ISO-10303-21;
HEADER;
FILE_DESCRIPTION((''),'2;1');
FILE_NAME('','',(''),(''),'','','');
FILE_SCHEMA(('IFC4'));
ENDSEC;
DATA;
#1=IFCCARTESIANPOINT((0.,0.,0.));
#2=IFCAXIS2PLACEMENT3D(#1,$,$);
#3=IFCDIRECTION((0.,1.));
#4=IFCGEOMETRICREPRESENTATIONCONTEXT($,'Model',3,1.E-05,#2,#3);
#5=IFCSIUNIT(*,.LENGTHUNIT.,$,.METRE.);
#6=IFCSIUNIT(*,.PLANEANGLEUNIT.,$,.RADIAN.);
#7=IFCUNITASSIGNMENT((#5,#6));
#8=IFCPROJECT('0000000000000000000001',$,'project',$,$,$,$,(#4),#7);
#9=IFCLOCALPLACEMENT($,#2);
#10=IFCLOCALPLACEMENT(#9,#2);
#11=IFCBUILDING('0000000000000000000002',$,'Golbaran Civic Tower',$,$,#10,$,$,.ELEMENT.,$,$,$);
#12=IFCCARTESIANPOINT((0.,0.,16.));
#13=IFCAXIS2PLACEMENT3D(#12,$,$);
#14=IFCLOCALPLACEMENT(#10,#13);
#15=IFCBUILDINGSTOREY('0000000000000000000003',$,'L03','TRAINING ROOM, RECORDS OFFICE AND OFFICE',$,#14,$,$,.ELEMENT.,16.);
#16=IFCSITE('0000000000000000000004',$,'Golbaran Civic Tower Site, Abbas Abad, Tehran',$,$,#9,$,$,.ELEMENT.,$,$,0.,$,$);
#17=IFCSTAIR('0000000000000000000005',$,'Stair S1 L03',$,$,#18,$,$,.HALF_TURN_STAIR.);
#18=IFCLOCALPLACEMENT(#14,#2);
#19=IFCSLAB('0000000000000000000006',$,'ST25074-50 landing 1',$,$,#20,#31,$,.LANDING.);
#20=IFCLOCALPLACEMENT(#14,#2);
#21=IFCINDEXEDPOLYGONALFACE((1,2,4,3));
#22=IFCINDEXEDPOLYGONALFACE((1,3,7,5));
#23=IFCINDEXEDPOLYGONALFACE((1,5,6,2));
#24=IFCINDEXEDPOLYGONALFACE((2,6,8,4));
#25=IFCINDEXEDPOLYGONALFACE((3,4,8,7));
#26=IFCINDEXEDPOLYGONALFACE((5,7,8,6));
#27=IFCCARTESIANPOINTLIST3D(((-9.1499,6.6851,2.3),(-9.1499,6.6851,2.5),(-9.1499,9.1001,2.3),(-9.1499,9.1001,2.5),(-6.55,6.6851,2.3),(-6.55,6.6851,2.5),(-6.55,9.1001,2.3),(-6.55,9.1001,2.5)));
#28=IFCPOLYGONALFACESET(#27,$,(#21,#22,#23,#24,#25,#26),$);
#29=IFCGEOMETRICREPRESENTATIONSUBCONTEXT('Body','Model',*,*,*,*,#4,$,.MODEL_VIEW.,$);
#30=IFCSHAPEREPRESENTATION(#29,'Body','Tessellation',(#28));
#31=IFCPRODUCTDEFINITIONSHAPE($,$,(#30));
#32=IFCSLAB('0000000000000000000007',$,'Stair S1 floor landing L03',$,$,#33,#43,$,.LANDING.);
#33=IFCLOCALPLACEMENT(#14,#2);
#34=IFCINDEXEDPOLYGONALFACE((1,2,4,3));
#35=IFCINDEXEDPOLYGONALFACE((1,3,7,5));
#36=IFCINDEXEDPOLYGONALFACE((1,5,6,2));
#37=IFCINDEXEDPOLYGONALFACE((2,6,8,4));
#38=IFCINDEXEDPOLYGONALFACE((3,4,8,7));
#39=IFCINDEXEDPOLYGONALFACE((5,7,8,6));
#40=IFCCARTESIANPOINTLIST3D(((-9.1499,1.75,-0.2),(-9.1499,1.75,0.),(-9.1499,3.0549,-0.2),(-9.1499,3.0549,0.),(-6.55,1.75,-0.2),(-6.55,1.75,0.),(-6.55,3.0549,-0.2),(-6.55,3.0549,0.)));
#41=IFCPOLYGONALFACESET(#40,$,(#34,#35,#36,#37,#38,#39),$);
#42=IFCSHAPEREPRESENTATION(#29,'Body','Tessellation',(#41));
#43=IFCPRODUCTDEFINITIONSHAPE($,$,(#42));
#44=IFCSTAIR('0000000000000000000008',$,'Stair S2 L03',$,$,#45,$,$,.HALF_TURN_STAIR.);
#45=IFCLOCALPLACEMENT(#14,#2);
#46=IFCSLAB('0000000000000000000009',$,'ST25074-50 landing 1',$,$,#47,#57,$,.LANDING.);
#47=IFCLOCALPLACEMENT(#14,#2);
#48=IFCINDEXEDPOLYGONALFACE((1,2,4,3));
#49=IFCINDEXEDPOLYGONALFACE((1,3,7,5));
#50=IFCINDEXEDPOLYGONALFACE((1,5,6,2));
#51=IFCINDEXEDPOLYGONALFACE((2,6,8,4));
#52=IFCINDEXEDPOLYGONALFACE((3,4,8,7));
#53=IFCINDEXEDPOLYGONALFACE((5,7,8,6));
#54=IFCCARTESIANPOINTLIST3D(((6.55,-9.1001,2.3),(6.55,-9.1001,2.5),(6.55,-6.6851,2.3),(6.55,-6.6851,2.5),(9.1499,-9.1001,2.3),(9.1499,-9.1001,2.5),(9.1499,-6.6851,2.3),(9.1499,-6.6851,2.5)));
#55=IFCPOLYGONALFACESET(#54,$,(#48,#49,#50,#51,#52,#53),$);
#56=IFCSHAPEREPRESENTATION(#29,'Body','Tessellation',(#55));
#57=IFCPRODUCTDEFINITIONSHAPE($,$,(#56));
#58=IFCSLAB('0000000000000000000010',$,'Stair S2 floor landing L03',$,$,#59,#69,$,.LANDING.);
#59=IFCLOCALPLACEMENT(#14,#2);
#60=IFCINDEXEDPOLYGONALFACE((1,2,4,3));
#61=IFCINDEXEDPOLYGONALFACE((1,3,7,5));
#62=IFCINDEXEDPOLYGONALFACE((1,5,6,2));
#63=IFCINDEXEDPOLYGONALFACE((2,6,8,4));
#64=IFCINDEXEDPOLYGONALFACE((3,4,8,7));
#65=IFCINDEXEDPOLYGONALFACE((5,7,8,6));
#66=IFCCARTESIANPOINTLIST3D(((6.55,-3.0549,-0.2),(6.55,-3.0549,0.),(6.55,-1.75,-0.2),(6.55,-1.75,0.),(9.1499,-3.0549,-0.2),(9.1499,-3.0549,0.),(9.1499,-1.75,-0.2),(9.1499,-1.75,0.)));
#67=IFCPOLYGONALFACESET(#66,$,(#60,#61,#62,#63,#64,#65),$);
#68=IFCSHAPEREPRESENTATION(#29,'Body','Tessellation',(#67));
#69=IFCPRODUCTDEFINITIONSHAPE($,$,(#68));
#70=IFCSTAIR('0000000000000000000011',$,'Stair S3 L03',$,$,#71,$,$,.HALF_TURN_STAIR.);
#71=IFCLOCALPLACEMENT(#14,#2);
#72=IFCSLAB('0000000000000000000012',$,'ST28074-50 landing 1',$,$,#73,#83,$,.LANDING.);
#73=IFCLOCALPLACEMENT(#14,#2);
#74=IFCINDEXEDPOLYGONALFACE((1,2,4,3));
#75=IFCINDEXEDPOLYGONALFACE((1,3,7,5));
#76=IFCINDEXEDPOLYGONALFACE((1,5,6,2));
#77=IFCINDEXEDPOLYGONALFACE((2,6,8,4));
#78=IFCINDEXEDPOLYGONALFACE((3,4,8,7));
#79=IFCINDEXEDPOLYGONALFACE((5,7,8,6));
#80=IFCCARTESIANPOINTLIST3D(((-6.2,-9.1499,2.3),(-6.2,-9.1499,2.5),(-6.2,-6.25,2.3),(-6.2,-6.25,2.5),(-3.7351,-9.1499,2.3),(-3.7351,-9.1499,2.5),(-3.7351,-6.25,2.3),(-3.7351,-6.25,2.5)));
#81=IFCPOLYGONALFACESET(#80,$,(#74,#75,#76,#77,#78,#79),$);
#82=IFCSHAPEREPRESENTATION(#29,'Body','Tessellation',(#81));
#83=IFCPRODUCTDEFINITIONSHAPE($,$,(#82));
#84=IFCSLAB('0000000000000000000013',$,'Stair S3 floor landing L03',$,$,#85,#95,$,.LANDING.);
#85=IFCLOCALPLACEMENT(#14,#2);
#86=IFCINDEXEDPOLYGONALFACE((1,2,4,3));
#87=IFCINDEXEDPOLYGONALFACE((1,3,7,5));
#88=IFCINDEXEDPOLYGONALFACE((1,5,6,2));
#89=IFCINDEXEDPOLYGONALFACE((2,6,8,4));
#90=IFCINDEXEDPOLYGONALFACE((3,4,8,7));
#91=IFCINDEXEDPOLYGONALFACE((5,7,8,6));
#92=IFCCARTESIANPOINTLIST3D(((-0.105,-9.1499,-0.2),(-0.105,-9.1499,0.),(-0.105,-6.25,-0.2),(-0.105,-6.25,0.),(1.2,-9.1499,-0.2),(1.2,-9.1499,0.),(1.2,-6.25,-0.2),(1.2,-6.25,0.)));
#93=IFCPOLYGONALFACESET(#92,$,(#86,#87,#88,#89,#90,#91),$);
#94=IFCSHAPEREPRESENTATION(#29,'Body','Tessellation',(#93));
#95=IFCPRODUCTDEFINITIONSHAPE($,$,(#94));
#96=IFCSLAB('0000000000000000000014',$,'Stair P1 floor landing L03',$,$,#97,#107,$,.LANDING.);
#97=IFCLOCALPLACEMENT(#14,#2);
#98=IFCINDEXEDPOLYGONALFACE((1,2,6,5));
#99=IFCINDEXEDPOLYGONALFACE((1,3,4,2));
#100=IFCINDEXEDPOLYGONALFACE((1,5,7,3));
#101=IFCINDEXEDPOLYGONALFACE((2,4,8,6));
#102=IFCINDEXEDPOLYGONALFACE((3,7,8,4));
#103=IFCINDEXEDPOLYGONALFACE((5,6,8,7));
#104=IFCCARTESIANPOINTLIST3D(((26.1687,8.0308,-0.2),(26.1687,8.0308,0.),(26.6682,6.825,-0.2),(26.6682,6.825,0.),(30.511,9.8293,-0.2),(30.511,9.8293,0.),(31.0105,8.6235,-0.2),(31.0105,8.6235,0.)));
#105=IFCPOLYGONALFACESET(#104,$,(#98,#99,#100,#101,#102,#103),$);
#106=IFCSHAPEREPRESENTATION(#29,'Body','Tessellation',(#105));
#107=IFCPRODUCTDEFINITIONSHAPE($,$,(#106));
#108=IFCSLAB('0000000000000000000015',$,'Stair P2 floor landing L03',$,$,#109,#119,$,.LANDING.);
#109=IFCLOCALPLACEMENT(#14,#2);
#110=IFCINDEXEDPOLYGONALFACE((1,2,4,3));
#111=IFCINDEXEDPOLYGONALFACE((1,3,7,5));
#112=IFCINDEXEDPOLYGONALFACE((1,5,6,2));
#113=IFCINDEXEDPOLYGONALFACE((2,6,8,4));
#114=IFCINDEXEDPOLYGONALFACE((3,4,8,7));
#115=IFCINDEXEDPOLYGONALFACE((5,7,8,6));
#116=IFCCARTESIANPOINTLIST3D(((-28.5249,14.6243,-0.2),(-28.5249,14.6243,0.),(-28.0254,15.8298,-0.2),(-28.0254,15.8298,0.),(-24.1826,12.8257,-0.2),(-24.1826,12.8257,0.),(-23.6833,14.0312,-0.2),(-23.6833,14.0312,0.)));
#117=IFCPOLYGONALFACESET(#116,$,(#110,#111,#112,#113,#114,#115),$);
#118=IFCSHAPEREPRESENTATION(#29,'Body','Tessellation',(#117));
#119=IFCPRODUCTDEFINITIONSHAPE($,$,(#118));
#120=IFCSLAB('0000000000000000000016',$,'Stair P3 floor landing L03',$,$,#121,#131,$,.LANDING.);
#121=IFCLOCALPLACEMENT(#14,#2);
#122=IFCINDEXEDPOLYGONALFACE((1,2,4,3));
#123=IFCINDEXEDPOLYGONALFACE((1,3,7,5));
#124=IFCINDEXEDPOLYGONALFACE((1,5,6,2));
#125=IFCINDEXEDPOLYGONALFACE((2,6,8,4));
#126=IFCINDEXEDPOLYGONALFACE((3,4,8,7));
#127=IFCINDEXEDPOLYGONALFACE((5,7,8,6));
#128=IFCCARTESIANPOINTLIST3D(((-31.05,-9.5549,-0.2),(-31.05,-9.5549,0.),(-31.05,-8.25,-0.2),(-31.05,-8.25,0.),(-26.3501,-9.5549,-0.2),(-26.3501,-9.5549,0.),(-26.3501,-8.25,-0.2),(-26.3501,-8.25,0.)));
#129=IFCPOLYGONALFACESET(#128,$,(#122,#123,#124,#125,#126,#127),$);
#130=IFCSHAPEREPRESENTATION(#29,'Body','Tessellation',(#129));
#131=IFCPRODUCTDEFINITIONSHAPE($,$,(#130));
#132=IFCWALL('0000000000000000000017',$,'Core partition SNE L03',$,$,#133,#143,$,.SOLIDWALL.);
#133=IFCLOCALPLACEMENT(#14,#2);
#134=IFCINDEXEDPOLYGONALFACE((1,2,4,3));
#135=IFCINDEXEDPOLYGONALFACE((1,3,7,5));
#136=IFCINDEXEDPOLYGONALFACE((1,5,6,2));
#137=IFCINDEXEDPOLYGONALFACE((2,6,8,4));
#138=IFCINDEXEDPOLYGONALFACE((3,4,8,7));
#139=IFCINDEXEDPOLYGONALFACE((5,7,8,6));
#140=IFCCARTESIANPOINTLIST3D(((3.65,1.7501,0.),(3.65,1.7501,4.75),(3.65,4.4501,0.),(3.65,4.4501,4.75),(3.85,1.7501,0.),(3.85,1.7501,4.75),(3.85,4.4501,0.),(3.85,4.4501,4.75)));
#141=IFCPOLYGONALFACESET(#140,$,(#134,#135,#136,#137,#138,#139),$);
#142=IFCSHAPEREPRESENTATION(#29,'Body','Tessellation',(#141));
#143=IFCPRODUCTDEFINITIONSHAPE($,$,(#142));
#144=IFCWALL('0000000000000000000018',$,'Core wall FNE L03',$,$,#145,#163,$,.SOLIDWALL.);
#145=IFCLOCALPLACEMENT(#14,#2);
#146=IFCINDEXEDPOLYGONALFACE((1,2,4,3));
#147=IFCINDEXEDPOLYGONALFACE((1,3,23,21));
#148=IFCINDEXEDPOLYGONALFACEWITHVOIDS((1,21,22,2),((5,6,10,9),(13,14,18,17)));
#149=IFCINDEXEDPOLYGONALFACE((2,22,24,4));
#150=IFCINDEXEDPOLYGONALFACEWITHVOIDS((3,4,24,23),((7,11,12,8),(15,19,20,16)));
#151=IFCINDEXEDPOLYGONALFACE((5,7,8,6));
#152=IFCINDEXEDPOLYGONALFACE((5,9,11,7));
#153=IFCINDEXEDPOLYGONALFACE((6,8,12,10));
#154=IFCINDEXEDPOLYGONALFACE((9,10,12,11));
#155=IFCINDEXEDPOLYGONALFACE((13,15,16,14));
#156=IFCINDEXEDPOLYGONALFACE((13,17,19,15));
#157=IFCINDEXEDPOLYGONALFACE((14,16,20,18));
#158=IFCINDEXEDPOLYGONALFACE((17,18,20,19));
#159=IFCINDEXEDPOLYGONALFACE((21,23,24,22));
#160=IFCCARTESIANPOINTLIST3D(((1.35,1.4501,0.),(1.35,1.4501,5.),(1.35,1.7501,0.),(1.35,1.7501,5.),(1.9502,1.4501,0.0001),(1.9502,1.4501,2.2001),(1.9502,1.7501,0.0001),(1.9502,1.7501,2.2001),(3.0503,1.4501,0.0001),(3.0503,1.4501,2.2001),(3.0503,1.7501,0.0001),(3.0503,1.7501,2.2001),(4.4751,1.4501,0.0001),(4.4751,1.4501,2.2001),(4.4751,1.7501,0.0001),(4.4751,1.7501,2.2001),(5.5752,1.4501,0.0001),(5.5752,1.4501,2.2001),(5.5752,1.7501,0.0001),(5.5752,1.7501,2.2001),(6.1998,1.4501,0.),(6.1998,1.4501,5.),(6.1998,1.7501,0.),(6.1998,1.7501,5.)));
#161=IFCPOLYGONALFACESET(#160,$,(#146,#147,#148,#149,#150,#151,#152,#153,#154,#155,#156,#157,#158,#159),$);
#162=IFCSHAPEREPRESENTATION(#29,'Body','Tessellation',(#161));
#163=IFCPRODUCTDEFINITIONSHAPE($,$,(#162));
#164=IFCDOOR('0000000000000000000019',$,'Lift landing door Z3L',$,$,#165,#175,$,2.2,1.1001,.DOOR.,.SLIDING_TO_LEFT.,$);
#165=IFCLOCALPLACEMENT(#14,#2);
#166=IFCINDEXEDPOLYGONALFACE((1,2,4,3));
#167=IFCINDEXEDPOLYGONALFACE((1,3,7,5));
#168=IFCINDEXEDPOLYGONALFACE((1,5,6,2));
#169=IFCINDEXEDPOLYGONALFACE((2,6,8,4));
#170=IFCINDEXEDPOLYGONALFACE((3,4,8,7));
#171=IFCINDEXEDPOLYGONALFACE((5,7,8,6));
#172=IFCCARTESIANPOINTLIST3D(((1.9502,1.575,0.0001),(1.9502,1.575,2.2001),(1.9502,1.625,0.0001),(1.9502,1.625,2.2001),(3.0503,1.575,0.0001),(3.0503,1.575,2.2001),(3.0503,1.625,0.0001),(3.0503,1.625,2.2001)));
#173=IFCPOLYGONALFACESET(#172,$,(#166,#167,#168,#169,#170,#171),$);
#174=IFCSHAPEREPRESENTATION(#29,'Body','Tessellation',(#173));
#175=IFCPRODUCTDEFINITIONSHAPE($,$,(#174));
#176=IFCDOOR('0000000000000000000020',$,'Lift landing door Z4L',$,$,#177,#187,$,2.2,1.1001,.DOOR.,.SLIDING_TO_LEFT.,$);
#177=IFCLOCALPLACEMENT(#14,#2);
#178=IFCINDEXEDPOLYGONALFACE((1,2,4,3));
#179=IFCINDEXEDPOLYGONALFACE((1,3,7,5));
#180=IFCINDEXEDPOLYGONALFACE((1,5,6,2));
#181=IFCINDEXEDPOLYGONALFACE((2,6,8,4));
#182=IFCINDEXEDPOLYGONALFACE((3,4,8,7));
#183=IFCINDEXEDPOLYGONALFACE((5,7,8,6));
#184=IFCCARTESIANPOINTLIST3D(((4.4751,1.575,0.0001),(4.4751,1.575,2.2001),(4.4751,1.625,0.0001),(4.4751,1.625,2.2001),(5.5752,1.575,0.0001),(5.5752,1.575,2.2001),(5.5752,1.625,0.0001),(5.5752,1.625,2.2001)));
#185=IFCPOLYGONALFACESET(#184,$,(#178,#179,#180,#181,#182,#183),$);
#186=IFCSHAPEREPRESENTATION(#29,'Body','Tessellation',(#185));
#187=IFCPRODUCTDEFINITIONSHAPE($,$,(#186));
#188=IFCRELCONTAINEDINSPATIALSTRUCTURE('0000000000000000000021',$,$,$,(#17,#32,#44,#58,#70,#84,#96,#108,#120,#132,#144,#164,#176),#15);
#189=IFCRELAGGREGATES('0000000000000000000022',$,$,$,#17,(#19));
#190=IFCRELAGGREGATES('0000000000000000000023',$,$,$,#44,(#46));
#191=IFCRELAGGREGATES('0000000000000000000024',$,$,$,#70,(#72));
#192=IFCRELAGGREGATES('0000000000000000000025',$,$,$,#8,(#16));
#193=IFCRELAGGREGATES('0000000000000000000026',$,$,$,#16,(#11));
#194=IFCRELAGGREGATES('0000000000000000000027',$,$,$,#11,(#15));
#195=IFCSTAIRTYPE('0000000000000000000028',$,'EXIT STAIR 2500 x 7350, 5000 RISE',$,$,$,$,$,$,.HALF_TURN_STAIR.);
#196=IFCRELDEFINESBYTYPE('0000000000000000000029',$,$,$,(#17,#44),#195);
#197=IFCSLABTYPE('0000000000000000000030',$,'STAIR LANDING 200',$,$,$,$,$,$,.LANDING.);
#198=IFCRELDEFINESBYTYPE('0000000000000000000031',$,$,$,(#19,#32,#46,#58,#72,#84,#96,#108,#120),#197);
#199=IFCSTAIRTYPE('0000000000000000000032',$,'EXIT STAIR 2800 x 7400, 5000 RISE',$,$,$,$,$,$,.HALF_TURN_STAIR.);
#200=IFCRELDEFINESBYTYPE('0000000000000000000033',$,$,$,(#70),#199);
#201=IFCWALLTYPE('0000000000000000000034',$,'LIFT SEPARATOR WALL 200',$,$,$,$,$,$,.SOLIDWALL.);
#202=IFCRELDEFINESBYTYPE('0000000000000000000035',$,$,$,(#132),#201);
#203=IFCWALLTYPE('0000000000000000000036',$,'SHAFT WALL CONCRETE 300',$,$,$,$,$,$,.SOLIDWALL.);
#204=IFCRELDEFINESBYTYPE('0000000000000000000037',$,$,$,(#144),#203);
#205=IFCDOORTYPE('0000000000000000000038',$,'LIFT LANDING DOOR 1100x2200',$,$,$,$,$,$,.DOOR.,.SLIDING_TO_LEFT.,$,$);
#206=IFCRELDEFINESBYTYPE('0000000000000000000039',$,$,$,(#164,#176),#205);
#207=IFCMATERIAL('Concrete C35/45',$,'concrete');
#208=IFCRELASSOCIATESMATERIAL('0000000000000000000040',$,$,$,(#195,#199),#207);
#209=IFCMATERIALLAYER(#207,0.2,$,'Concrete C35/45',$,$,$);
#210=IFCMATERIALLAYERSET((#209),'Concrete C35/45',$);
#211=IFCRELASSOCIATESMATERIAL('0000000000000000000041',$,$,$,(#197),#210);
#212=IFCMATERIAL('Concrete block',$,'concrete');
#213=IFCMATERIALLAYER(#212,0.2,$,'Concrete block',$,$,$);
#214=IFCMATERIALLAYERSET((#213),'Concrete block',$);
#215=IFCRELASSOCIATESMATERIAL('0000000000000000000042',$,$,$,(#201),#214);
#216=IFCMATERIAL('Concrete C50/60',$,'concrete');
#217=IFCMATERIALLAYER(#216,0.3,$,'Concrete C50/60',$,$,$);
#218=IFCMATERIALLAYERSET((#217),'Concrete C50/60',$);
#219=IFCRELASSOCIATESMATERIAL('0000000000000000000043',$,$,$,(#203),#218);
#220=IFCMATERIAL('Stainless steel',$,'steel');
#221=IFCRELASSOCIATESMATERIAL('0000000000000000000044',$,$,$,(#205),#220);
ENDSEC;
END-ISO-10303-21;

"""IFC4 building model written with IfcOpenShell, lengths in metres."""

from ifc_helpers import new_model, si_unit, direction, frame, frame_2d, origin, place, context, subcontext, project, spatial, polyline, rectangle, outline, extrude, material, layer, layer_set, type_object, element, fill, aggregate, save


model = new_model("IFC4")

# Units and contexts
model_context = context("Model", 3, precision=1e-05, world=origin(), true_north=direction((0.0, 1.0)))
body_context = subcontext(model_context, "Body", "Model", "MODEL_VIEW")
ifc_project = project(units=[si_unit("LENGTHUNIT", "METRE"), si_unit("PLANEANGLEUNIT", "RADIAN")], contexts=[model_context])

# Site, building, storey
site_placement = place(None, origin())
site = spatial("IfcSite", under=ifc_project, at=site_placement, Name="Golbaran Civic Tower Site, Abbas Abad, Tehran", CompositionType="ELEMENT", RefElevation=0.0)
building_placement = place(site_placement, origin())
building = spatial("IfcBuilding", under=site, at=building_placement, Name="Golbaran Civic Tower", CompositionType="ELEMENT")
storey_placement = place(building_placement, frame((0.0, 0.0, 16.0)))
storey = spatial("IfcBuildingStorey", under=building, at=storey_placement, Name="L03", Description="TRAINING ROOM, RECORDS OFFICE AND OFFICE", CompositionType="ELEMENT", Elevation=16.0)

# Stair, slab
ifc_material_1 = material(Name="Concrete C35/45", Category="concrete")
stair_type_1 = type_object("IfcStairType", Name="EXIT STAIR 2500 x 7350, 5000 RISE", PredefinedType="HALF_TURN_STAIR", material=ifc_material_1)
stair_1_placement = place(storey_placement, origin())
stair_1 = element("IfcStair", 1, at=stair_1_placement, inside=storey, type_object=stair_type_1, Name="Stair S1 L03", PredefinedType="HALF_TURN_STAIR")
ifc_layer_1 = layer(ifc_material_1, 0.2, Name="Concrete C35/45")
ifc_layer_set_1 = layer_set([ifc_layer_1], Name="Concrete C35/45")
slab_type = type_object("IfcSlabType", Name="STAIR LANDING 200", PredefinedType="LANDING", material=ifc_layer_set_1)
slab_1_placement = place(storey_placement, frame((0.0, 0.0, 2.3)))
slab_1 = element("IfcSlab", 2, at=slab_1_placement, type_object=slab_type, Name="ST25074-50 landing 1", PredefinedType="LANDING", context=body_context, shape_type="SweptSolid", body=[
    extrude(outline(polyline([(-9.1499, 6.6851), (-9.1499, 9.1001), (-6.55, 9.1001), (-6.55, 6.6851), (-9.1499, 6.6851)])), origin(), (0.0, 0.0, 1.0), 0.2),
])
aggregate(stair_1, [slab_1])

# Slab
slab_2_placement = place(storey_placement, frame((0.0, 0.0, -0.2)))
element("IfcSlab", 3, at=slab_2_placement, inside=storey, type_object=slab_type, Name="Stair S1 floor landing L03", PredefinedType="LANDING", context=body_context, shape_type="SweptSolid", body=[
    extrude(outline(polyline([(-9.1499, 1.75), (-9.1499, 3.0549), (-6.55, 3.0549), (-6.55, 1.75), (-9.1499, 1.75)])), origin(), (0.0, 0.0, 1.0), 0.2),
])

# Stair, slab
stair_2_placement = place(storey_placement, origin())
stair_2 = element("IfcStair", 4, at=stair_2_placement, inside=storey, type_object=stair_type_1, Name="Stair S2 L03", PredefinedType="HALF_TURN_STAIR")
slab_3_placement = place(storey_placement, frame((0.0, 0.0, 2.3)))
slab_3 = element("IfcSlab", 5, at=slab_3_placement, type_object=slab_type, Name="ST25074-50 landing 1", PredefinedType="LANDING", context=body_context, shape_type="SweptSolid", body=[
    extrude(outline(polyline([(9.1499, -6.6851), (9.1499, -9.1001), (6.55, -9.1001), (6.55, -6.6851), (9.1499, -6.6851)])), origin(), (0.0, 0.0, 1.0), 0.2),
])
aggregate(stair_2, [slab_3])

# Slab
slab_4_placement = place(storey_placement, frame((0.0, 0.0, -0.2)))
element("IfcSlab", 6, at=slab_4_placement, inside=storey, type_object=slab_type, Name="Stair S2 floor landing L03", PredefinedType="LANDING", context=body_context, shape_type="SweptSolid", body=[
    extrude(outline(polyline([(9.1499, -1.75), (9.1499, -3.0549), (6.55, -3.0549), (6.55, -1.75), (9.1499, -1.75)])), origin(), (0.0, 0.0, 1.0), 0.2),
])

# Stair, slab
stair_type_2 = type_object("IfcStairType", Name="EXIT STAIR 2800 x 7400, 5000 RISE", PredefinedType="HALF_TURN_STAIR", material=ifc_material_1)
stair_3_placement = place(storey_placement, origin())
stair_3 = element("IfcStair", 7, at=stair_3_placement, inside=storey, type_object=stair_type_2, Name="Stair S3 L03", PredefinedType="HALF_TURN_STAIR")
slab_5_placement = place(storey_placement, frame((0.0, 0.0, 2.3)))
slab_5 = element("IfcSlab", 8, at=slab_5_placement, type_object=slab_type, Name="ST28074-50 landing 1", PredefinedType="LANDING", context=body_context, shape_type="SweptSolid", body=[
    extrude(outline(polyline([(-3.7351, -9.1499), (-6.2, -9.1499), (-6.2, -6.25), (-3.7351, -6.25), (-3.7351, -9.1499)])), origin(), (0.0, 0.0, 1.0), 0.2),
])
aggregate(stair_3, [slab_5])

# Slabs
slab_6_placement = place(storey_placement, frame((0.0, 0.0, -0.2)))
element("IfcSlab", 9, at=slab_6_placement, inside=storey, type_object=slab_type, Name="Stair S3 floor landing L03", PredefinedType="LANDING", context=body_context, shape_type="SweptSolid", body=[
    extrude(outline(polyline([(1.2, -9.1499), (-0.105, -9.1499), (-0.105, -6.25), (1.2, -6.25), (1.2, -9.1499)])), origin(), (0.0, 0.0, 1.0), 0.2),
])
slab_7_placement = place(storey_placement, frame((0.0, 0.0, -0.2)))
element("IfcSlab", 10, at=slab_7_placement, inside=storey, type_object=slab_type, Name="Stair P1 floor landing L03", PredefinedType="LANDING", context=body_context, shape_type="SweptSolid", body=[
    extrude(outline(polyline([(26.6682, 6.825), (26.1687, 8.0308), (30.511, 9.8293), (31.0105, 8.6235), (26.6682, 6.825)])), origin(), (0.0, 0.0, 1.0), 0.2),
])
slab_8_placement = place(storey_placement, frame((0.0, 0.0, -0.2)))
element("IfcSlab", 11, at=slab_8_placement, inside=storey, type_object=slab_type, Name="Stair P2 floor landing L03", PredefinedType="LANDING", context=body_context, shape_type="SweptSolid", body=[
    extrude(outline(polyline([(-23.6833, 14.0312), (-24.1826, 12.8257), (-28.5249, 14.6243), (-28.0254, 15.8298), (-23.6833, 14.0312)])), origin(), (0.0, 0.0, 1.0), 0.2),
])
slab_9_placement = place(storey_placement, frame((0.0, 0.0, -0.2)))
element("IfcSlab", 12, at=slab_9_placement, inside=storey, type_object=slab_type, Name="Stair P3 floor landing L03", PredefinedType="LANDING", context=body_context, shape_type="SweptSolid", body=[
    extrude(outline(polyline([(-26.3501, -8.25), (-26.3501, -9.5549), (-31.05, -9.5549), (-31.05, -8.25), (-26.3501, -8.25)])), origin(), (0.0, 0.0, 1.0), 0.2),
])

# Wall
ifc_material_2 = material(Name="Concrete block", Category="concrete")
ifc_layer_2 = layer(ifc_material_2, 0.2, Name="Concrete block")
ifc_layer_set_2 = layer_set([ifc_layer_2], Name="Concrete block")
wall_type_1 = type_object("IfcWallType", Name="LIFT SEPARATOR WALL 200", PredefinedType="SOLIDWALL", material=ifc_layer_set_2)
wall_1_placement = place(storey_placement, frame((3.75, 1.75, 0.0), z_axis=(0.0, 0.0, 1.0), x_axis=(0.0, 1.0, 0.0)))
element("IfcWall", 13, at=wall_1_placement, inside=storey, type_object=wall_type_1, Name="Core partition SNE L03", PredefinedType="SOLIDWALL", context=body_context, shape_type="SweptSolid", body=[
    extrude(rectangle(XDim=2.7, YDim=0.2, at=frame_2d((1.3501, 0.0))), origin(), (0.0, 0.0, 1.0), 4.75),
])

# Wall, openings, doors
ifc_material_3 = material(Name="Concrete C50/60", Category="concrete")
ifc_layer_3 = layer(ifc_material_3, 0.3, Name="Concrete C50/60")
ifc_layer_set_3 = layer_set([ifc_layer_3], Name="Concrete C50/60")
wall_type_2 = type_object("IfcWallType", Name="SHAFT WALL CONCRETE 300", PredefinedType="SOLIDWALL", material=ifc_layer_set_3)
wall_2_placement = place(storey_placement, frame((1.3501, 1.6001, 0.0), z_axis=(0.0, 0.0, 1.0), x_axis=(1.0, 0.0, 0.0)))
wall_2 = element("IfcWall", 14, at=wall_2_placement, inside=storey, type_object=wall_type_2, Name="Core wall FNE L03", PredefinedType="SOLIDWALL", context=body_context, shape_type="SweptSolid", body=[
    extrude(rectangle(XDim=4.8499, YDim=0.3, at=frame_2d((2.4248, 0.0))), origin(), (0.0, 0.0, 1.0), 5.0),
])
opening_1_placement = place(wall_2_placement, frame((0.6001, 0.0, 0.0)))
opening_1 = element("IfcOpeningElement", 15, at=opening_1_placement, cuts=wall_2, PredefinedType="OPENING", context=body_context, shape_type="SweptSolid", body=[
    extrude(rectangle(XDim=1.1001, YDim=2.2, at=frame_2d((0.55, 1.1001))), frame((0.0, 0.1599, 0.0), z_axis=(0.0, -1.0, 0.0), x_axis=(1.0, 0.0, 0.0)), (0.0, 0.0, 1.0), 0.3201),
])
opening_2_placement = place(wall_2_placement, frame((3.125, 0.0, 0.0)))
opening_2 = element("IfcOpeningElement", 16, at=opening_2_placement, cuts=wall_2, PredefinedType="OPENING", context=body_context, shape_type="SweptSolid", body=[
    extrude(rectangle(XDim=1.1001, YDim=2.2, at=frame_2d((0.55, 1.1001))), frame((0.0, 0.1599, 0.0), z_axis=(0.0, -1.0, 0.0), x_axis=(1.0, 0.0, 0.0)), (0.0, 0.0, 1.0), 0.3201),
])
ifc_material_4 = material(Name="Stainless steel", Category="steel")
door_type_1 = type_object("IfcDoorType", Name="LIFT LANDING DOOR 1100x2200", OperationType="SLIDING_TO_LEFT", PredefinedType="DOOR", material=ifc_material_4)
door_1_placement = place(opening_1_placement, origin())
door_1 = element("IfcDoor", 17, at=door_1_placement, inside=storey, type_object=door_type_1, Name="Lift landing door Z3L", OperationType="SLIDING_TO_LEFT", OverallHeight=2.2, OverallWidth=1.1001, PredefinedType="DOOR", context=body_context, shape_type="SweptSolid", body=[
    extrude(rectangle(XDim=1.1001, YDim=2.2, at=frame_2d((0.55, 1.1001))), frame((0.0, 0.0249, 0.0), z_axis=(0.0, -1.0, 0.0), x_axis=(1.0, 0.0, 0.0)), (0.0, 0.0, 1.0), 0.05),
])
fill(opening_1, door_1)
door_2_placement = place(opening_2_placement, origin())
door_2 = element("IfcDoor", 18, at=door_2_placement, inside=storey, type_object=door_type_1, Name="Lift landing door Z4L", OperationType="SLIDING_TO_LEFT", OverallHeight=2.2, OverallWidth=1.1001, PredefinedType="DOOR", context=body_context, shape_type="SweptSolid", body=[
    extrude(rectangle(XDim=1.1001, YDim=2.2, at=frame_2d((0.55, 1.1001))), frame((0.0, 0.0249, 0.0), z_axis=(0.0, -1.0, 0.0), x_axis=(1.0, 0.0, 0.0)), (0.0, 0.0, 1.0), 0.05),
])
fill(opening_2, door_2)

save(model, "model.ifc")
